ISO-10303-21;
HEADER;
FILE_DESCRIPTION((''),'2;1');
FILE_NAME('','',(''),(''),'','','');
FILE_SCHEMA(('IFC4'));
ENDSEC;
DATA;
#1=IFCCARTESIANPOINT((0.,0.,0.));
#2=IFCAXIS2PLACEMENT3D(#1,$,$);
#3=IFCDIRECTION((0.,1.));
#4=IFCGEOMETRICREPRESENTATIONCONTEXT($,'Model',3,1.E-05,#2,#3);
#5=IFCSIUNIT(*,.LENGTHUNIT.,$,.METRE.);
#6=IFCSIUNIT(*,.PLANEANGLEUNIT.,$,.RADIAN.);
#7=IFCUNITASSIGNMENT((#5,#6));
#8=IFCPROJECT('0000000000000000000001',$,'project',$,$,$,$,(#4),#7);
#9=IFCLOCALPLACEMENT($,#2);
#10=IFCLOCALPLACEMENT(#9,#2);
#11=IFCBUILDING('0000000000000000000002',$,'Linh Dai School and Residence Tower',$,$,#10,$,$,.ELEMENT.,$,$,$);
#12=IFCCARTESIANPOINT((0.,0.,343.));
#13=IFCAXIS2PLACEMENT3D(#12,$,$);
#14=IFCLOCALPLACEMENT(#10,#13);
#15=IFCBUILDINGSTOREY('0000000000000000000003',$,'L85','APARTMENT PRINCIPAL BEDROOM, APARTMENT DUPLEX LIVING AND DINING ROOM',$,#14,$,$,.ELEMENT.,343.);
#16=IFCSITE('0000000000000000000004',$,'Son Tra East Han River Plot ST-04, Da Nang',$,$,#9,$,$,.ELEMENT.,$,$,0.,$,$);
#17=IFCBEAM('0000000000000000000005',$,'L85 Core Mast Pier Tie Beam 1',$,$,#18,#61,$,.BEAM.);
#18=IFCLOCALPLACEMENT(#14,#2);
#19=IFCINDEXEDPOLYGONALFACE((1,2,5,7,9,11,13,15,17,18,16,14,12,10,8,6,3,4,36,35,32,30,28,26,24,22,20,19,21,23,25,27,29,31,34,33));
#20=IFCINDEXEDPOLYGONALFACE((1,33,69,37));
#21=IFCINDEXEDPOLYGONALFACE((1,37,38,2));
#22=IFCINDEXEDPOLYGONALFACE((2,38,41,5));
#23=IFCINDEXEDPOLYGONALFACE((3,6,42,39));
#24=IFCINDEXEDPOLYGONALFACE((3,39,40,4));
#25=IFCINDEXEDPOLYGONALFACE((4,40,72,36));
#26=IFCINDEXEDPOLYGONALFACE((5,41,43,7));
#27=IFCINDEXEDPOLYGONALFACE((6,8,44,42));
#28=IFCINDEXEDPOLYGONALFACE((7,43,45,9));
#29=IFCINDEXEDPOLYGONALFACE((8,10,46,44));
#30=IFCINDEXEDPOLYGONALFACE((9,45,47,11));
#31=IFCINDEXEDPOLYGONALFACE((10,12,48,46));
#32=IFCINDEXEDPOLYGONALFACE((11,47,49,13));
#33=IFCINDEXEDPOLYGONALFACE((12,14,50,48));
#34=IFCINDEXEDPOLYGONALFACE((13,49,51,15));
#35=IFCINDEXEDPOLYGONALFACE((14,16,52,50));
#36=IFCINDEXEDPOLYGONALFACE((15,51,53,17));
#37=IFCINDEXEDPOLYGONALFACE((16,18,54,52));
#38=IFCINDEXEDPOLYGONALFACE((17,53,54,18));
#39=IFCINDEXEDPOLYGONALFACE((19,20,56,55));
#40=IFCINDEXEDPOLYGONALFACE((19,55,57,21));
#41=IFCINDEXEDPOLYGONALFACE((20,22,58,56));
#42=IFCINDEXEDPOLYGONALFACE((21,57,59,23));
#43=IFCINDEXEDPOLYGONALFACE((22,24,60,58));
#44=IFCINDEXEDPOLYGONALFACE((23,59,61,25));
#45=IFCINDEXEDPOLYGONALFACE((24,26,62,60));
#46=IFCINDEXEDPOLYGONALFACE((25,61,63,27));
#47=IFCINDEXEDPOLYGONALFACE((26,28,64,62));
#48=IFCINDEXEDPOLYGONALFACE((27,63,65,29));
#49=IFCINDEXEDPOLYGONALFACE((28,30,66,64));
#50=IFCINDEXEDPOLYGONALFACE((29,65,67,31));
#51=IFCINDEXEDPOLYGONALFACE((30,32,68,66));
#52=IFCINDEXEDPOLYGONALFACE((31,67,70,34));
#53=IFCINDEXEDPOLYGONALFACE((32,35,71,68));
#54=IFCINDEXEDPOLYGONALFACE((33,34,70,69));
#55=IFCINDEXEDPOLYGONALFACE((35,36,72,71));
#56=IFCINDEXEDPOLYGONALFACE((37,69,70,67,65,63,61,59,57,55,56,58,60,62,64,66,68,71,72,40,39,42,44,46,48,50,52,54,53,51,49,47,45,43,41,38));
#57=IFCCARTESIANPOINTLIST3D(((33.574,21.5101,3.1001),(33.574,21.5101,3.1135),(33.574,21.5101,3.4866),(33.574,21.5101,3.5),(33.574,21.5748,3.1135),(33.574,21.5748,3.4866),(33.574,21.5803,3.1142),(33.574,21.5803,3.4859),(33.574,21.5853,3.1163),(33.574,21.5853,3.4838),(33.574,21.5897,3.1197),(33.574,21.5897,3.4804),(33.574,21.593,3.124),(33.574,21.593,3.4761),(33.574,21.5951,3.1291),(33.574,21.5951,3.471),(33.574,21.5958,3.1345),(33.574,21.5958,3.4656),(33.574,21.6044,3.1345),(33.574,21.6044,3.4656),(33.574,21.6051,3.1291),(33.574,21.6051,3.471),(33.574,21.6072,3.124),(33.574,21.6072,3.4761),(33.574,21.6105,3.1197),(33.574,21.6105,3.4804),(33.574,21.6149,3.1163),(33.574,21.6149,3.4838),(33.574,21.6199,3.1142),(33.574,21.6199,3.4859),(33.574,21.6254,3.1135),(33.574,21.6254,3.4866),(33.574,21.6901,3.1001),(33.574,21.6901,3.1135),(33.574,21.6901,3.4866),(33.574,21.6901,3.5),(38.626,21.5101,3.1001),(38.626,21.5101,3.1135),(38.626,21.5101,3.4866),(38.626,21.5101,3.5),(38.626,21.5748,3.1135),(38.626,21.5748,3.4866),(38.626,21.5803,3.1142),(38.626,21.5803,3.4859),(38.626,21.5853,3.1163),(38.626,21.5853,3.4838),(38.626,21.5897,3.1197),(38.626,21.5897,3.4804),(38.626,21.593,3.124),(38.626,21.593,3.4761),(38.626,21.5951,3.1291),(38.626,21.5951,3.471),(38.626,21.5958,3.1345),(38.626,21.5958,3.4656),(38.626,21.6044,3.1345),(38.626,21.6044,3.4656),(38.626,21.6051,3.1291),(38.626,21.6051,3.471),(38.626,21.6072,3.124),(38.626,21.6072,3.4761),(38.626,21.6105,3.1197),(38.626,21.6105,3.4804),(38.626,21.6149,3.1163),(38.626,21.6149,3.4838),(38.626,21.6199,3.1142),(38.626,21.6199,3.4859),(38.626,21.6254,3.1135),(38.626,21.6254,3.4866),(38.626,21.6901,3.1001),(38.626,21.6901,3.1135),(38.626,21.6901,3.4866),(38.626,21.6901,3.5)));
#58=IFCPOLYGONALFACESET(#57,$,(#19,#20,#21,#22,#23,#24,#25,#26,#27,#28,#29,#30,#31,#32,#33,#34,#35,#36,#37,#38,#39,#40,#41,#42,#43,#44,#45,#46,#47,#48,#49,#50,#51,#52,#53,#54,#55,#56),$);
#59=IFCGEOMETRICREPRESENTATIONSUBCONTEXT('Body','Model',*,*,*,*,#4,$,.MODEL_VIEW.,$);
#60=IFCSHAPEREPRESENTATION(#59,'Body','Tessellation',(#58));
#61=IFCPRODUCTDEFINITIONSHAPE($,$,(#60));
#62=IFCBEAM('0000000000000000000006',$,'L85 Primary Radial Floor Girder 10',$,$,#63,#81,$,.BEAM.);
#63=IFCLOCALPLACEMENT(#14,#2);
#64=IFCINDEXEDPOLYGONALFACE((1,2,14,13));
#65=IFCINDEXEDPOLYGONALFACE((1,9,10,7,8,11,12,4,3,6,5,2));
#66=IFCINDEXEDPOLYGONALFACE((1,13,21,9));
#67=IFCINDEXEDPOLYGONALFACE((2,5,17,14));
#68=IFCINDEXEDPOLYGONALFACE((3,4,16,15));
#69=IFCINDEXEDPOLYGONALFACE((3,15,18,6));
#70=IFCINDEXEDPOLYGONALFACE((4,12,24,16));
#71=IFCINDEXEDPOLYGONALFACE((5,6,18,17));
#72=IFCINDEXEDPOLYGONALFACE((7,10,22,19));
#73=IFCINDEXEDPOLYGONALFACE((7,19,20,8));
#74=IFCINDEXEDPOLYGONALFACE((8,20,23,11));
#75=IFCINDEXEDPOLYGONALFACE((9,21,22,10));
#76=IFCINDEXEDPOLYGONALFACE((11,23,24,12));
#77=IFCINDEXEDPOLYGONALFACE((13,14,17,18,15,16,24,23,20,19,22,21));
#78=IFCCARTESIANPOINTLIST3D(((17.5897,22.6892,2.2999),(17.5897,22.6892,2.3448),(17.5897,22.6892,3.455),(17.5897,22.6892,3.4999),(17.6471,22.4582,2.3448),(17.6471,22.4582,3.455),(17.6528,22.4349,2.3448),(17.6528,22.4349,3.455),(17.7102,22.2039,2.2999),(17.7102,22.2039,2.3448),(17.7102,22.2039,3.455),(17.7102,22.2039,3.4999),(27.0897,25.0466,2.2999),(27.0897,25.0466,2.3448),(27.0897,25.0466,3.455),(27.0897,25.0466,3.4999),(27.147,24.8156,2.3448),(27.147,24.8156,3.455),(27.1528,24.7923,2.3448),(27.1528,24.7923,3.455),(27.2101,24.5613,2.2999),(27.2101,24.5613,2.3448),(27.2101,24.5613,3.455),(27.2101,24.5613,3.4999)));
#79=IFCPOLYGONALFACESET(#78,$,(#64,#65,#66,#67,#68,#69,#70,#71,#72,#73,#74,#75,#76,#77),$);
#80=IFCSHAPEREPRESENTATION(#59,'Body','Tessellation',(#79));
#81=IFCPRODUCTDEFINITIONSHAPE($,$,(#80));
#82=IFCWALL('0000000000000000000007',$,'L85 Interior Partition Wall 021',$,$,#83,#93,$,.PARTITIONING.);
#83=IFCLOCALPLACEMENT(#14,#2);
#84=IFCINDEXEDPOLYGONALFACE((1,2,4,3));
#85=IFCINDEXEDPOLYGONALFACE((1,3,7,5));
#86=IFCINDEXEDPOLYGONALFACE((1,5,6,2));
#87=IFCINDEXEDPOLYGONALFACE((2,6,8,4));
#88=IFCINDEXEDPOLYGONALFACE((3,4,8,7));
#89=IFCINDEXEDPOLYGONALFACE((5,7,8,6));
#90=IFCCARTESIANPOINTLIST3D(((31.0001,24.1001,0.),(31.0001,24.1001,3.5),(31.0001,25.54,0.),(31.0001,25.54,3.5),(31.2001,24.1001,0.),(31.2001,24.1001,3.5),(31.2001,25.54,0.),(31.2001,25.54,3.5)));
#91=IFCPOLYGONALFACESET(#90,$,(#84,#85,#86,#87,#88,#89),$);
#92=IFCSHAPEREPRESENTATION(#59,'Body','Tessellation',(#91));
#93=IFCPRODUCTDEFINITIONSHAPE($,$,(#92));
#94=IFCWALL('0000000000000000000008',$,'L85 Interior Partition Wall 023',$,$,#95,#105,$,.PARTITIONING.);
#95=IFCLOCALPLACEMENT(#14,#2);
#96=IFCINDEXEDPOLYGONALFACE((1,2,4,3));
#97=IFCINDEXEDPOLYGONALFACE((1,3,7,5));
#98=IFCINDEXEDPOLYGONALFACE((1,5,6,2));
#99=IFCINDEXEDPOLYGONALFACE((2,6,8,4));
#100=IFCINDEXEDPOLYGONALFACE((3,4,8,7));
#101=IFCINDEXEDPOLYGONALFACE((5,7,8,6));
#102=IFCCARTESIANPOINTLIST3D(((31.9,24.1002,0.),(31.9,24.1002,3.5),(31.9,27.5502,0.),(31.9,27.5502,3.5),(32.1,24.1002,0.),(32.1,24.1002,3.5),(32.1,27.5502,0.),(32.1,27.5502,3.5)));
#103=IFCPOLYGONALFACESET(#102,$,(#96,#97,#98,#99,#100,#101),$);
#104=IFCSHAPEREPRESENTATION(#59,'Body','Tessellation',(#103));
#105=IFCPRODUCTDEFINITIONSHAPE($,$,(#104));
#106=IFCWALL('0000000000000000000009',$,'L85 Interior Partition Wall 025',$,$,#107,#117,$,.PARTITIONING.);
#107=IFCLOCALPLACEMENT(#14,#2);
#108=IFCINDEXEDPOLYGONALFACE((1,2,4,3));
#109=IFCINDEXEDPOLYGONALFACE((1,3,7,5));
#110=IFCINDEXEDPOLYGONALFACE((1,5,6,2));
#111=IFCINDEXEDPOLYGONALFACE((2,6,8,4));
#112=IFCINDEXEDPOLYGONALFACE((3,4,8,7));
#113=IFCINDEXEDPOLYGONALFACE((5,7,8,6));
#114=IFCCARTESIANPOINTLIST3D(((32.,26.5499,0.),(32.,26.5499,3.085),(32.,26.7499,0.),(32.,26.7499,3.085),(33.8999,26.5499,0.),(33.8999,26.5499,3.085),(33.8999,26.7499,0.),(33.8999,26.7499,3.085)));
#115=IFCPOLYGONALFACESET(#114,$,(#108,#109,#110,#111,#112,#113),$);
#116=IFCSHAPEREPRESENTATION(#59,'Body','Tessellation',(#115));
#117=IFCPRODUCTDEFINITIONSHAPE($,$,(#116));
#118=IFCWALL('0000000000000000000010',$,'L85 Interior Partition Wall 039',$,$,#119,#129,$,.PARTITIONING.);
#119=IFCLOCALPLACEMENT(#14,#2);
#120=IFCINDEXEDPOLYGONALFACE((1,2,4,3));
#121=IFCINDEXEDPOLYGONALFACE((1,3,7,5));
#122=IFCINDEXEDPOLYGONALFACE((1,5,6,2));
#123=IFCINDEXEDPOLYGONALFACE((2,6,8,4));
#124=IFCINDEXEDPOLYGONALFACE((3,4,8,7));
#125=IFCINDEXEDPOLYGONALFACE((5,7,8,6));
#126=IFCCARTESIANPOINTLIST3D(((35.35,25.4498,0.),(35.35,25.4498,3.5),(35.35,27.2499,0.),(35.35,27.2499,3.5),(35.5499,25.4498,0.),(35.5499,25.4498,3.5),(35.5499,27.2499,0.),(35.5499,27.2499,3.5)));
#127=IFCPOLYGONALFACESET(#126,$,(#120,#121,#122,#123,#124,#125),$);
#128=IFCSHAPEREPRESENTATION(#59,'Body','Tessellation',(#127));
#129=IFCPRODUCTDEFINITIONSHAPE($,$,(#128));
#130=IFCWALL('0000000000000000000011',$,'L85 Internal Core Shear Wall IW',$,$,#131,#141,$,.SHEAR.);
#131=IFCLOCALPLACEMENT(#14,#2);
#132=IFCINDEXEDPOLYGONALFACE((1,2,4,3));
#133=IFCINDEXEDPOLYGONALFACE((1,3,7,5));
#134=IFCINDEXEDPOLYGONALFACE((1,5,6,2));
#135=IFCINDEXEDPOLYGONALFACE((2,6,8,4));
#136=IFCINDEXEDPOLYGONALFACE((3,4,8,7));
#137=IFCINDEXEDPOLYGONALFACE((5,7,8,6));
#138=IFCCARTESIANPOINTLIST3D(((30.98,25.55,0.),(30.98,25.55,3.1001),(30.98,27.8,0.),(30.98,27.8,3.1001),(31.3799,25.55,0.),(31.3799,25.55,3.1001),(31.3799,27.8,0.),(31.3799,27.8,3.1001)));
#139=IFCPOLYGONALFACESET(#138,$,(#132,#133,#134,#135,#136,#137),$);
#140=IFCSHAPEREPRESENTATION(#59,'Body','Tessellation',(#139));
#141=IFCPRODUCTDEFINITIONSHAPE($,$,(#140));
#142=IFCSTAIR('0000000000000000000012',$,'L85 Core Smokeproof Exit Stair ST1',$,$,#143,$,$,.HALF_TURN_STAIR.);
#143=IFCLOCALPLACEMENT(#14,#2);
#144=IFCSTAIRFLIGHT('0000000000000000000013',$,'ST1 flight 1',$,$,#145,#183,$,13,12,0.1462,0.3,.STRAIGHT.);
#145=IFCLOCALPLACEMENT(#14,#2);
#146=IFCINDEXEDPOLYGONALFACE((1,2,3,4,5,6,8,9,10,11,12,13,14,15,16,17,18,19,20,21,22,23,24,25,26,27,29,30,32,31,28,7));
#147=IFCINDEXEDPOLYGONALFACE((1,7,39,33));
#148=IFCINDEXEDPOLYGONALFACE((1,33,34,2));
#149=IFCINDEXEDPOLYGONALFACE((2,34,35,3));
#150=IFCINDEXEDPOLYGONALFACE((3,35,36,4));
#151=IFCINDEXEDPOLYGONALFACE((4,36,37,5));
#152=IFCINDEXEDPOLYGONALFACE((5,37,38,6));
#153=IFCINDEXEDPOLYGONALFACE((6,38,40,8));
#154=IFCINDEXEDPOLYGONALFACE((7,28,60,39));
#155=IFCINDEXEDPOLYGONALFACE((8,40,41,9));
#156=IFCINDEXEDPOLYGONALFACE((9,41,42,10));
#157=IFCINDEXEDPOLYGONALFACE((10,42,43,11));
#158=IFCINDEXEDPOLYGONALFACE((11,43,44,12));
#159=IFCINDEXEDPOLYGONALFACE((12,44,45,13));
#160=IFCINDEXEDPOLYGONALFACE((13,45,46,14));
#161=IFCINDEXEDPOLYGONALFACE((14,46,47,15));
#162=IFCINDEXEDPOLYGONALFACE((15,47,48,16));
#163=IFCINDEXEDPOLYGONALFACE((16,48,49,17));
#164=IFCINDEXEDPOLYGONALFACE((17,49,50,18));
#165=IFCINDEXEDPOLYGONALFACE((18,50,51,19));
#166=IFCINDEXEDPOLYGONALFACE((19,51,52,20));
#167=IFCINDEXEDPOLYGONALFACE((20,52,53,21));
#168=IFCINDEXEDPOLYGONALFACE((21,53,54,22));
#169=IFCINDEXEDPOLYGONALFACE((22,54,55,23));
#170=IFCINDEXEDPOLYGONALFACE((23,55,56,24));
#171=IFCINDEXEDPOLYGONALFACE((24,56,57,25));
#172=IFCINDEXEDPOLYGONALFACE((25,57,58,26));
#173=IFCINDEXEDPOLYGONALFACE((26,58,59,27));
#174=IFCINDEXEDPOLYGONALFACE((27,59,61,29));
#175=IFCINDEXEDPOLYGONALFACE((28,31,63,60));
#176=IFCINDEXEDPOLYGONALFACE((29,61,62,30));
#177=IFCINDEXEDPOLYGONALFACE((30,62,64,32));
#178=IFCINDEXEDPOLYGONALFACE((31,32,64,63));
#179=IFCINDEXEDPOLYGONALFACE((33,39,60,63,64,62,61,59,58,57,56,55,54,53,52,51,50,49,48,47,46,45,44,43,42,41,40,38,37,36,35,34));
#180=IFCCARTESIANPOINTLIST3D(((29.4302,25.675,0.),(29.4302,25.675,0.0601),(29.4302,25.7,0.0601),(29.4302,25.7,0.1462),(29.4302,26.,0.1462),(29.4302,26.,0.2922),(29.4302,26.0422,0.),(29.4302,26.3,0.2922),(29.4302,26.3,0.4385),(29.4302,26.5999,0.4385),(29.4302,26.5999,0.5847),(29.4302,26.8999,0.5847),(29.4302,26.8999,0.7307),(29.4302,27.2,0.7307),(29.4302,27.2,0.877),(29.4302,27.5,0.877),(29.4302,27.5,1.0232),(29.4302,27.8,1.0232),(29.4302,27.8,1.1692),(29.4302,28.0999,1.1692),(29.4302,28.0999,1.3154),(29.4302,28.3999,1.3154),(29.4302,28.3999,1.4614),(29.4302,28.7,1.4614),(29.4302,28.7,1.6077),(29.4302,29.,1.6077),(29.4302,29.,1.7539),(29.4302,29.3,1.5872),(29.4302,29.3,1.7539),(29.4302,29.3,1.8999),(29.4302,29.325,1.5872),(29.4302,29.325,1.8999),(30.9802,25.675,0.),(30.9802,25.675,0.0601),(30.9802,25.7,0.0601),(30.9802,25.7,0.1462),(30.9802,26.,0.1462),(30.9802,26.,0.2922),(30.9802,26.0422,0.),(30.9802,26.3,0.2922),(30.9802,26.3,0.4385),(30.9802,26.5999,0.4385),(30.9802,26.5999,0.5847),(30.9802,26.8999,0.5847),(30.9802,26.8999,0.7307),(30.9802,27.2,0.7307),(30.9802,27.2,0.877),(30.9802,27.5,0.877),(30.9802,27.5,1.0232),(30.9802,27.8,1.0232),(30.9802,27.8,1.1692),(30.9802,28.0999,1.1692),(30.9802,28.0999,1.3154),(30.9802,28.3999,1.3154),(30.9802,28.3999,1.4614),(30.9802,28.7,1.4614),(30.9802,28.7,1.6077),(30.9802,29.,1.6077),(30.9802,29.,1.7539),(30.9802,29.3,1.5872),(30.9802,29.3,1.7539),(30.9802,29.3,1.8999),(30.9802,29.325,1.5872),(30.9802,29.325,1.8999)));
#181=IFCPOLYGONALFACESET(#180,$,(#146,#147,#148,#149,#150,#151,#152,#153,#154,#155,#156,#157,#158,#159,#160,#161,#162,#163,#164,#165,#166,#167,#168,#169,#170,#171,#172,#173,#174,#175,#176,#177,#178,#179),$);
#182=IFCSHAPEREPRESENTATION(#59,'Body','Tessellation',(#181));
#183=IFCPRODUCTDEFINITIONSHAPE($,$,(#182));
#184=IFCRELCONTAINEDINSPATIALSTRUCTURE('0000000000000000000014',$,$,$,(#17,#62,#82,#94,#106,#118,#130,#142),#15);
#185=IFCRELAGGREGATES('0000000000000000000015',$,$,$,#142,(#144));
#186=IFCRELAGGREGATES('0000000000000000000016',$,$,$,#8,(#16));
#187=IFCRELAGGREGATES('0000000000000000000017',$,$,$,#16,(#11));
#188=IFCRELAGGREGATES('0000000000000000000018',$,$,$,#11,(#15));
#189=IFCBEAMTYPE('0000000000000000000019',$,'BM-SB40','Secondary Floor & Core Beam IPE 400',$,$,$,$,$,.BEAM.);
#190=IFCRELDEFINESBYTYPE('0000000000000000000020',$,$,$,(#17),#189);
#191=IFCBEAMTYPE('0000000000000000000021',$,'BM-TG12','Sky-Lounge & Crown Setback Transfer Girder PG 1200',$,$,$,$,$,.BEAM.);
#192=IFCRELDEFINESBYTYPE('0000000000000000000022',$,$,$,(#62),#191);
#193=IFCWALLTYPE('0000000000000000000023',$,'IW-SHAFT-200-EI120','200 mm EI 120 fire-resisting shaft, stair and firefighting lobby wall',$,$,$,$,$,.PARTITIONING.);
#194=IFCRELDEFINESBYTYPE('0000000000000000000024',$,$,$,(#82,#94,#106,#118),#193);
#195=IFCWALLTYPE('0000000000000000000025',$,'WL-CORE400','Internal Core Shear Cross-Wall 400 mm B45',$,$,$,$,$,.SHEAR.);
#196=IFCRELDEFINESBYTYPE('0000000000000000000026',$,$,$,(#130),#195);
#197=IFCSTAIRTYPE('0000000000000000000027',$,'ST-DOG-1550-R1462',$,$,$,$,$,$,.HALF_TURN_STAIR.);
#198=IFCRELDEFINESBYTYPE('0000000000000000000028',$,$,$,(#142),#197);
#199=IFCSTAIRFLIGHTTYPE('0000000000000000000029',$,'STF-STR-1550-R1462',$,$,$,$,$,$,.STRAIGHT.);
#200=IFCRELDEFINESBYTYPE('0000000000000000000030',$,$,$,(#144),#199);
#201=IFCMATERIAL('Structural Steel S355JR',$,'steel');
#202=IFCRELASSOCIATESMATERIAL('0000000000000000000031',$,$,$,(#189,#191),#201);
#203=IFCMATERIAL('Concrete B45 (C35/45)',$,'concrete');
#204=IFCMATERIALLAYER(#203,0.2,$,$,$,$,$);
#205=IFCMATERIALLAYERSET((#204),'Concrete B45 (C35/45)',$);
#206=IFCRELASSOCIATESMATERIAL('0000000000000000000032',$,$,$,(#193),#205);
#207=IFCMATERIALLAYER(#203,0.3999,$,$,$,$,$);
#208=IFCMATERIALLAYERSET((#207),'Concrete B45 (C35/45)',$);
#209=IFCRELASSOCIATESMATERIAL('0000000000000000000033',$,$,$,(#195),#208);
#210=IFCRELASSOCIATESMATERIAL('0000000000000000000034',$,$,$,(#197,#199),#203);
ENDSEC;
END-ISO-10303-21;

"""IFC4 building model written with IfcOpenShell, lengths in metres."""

from ifc_helpers import new_model, si_unit, direction, frame, frame_2d, origin, origin_2d, place, context, subcontext, project, spatial, polyline, rectangle, i_section, outline, extrude, source, transform, mapped, material, layer, layer_set, material_profile, profile_set, type_object, element, aggregate, save


model = new_model("IFC4")

# Units and contexts
model_context = context("Model", 3, precision=1e-05, world=origin(), true_north=direction((0.0, 1.0)))
body_context = subcontext(model_context, "Body", "Model", "MODEL_VIEW")
ifc_project = project(units=[si_unit("LENGTHUNIT", "METRE"), si_unit("PLANEANGLEUNIT", "RADIAN")], contexts=[model_context])

# Site, building, storey
site_placement = place(None, origin())
site = spatial("IfcSite", under=ifc_project, at=site_placement, Name="Son Tra East Han River Plot ST-04, Da Nang", CompositionType="ELEMENT", RefElevation=0.0)
building_placement = place(site_placement, origin())
building = spatial("IfcBuilding", under=site, at=building_placement, Name="Linh Dai School and Residence Tower", CompositionType="ELEMENT")
storey_placement = place(building_placement, frame((0.0, 0.0, 343.0)))
storey = spatial("IfcBuildingStorey", under=building, at=storey_placement, Name="L85", Description="APARTMENT PRINCIPAL BEDROOM, APARTMENT DUPLEX LIVING AND DINING ROOM", CompositionType="ELEMENT", Elevation=343.0)

# Beams
ifc_material_1 = material(Name="Structural Steel S355JR", Category="steel")
ifc_material_profile_1 = material_profile(ifc_material_1, i_section(OverallWidth=0.1799, OverallDepth=0.3999, WebThickness=0.0085, FlangeThickness=0.0134, FilletRadius=0.021, at=origin_2d()), Name="IPE 400")
ifc_profile_set_1 = profile_set([ifc_material_profile_1], Name="Structural Steel S355JR")
beam_type_1 = type_object("IfcBeamType", Name="BM-SB40", Description="Secondary Floor & Core Beam IPE 400", PredefinedType="BEAM", material=ifc_profile_set_1)
beam_1_placement = place(storey_placement, frame((33.574, 21.6001, 3.3), z_axis=(1.0, 0.0, 0.0), x_axis=(0.0, 1.0, 0.0)))
element("IfcBeam", 1, at=beam_1_placement, inside=storey, type_object=beam_type_1, Name="L85 Core Mast Pier Tie Beam 1", PredefinedType="BEAM", context=body_context, shape_type="SweptSolid", body=[
    extrude(i_section(OverallWidth=0.1799, OverallDepth=0.3999, WebThickness=0.0085, FlangeThickness=0.0134, FilletRadius=0.021, at=origin_2d()), origin(), (0.0, 0.0, 1.0), 5.052),
])
ifc_material_profile_2 = material_profile(ifc_material_1, i_section(OverallWidth=0.5, OverallDepth=1.2, WebThickness=0.0239, FlangeThickness=0.0449, at=origin_2d()), Name="PG 1200x500x24x45")
ifc_profile_set_2 = profile_set([ifc_material_profile_2], Name="Structural Steel S355JR")
beam_type_2 = type_object("IfcBeamType", Name="BM-TG12", Description="Sky-Lounge & Crown Setback Transfer Girder PG 1200", PredefinedType="BEAM", material=ifc_profile_set_2)
beam_2_placement = place(storey_placement, frame((27.1499, 24.804, 2.8999), z_axis=(-0.970564, -0.240845, 0.0), x_axis=(0.240845, -0.970564, 0.0)))
element("IfcBeam", 2, at=beam_2_placement, inside=storey, type_object=beam_type_2, Name="L85 Primary Radial Floor Girder 10", PredefinedType="BEAM", context=body_context, shape_type="SweptSolid", body=[
    extrude(i_section(OverallWidth=0.5, OverallDepth=1.2, WebThickness=0.0239, FlangeThickness=0.0449, at=origin_2d()), origin(), (0.0, 0.0, 1.0), 9.7881),
])

# Shared definitions
ifc_material_2 = material(Name="Concrete B45 (C35/45)", Category="concrete")
ifc_layer_1 = layer(ifc_material_2, 0.2)
ifc_layer_set_1 = layer_set([ifc_layer_1], Name="Concrete B45 (C35/45)")
wall_type_1 = type_object("IfcWallType", Name="IW-SHAFT-200-EI120", Description="200 mm EI 120 fire-resisting shaft, stair and firefighting lobby wall", PredefinedType="PARTITIONING", material=ifc_layer_set_1)

# Walls
wall_1_placement = place(storey_placement, frame((31.1001, 24.1001, 0.0), z_axis=(0.0, 0.0, 1.0), x_axis=(0.0, 1.0, 0.0)))
element("IfcWall", 3, at=wall_1_placement, inside=storey, type_object=wall_type_1, Name="L85 Interior Partition Wall 021", PredefinedType="PARTITIONING", context=body_context, shape_type="SweptSolid", body=[
    extrude(rectangle(XDim=1.4399, YDim=0.2, at=frame_2d((0.72, 0.0))), origin(), (0.0, 0.0, 1.0), 3.5),
])
wall_2_placement = place(storey_placement, frame((32.0, 24.1001, 0.0), z_axis=(0.0, 0.0, 1.0), x_axis=(0.0, 1.0, 0.0)))
element("IfcWall", 4, at=wall_2_placement, inside=storey, type_object=wall_type_1, Name="L85 Interior Partition Wall 023", PredefinedType="PARTITIONING", context=body_context, shape_type="SweptSolid", body=[
    extrude(rectangle(XDim=3.45, YDim=0.2, at=frame_2d((1.7251, 0.0))), origin(), (0.0, 0.0, 1.0), 3.5),
])

# Walls
wall_3_placement = place(storey_placement, frame((32.0, 26.6499, 0.0), z_axis=(0.0, 0.0, 1.0), x_axis=(1.0, 0.0, 0.0)))
element("IfcWall", 5, at=wall_3_placement, inside=storey, type_object=wall_type_1, Name="L85 Interior Partition Wall 025", PredefinedType="PARTITIONING", context=body_context, shape_type="SweptSolid", body=[
    extrude(rectangle(XDim=1.8999, YDim=0.2, at=frame_2d((0.95, 0.0))), origin(), (0.0, 0.0, 1.0), 3.085),
])
wall_4_placement = place(storey_placement, frame((35.45, 25.45, 0.0), z_axis=(0.0, 0.0, 1.0), x_axis=(0.0, 1.0, 0.0)))
element("IfcWall", 6, at=wall_4_placement, inside=storey, type_object=wall_type_1, Name="L85 Interior Partition Wall 039", PredefinedType="PARTITIONING", context=body_context, shape_type="SweptSolid", body=[
    extrude(rectangle(XDim=1.8, YDim=0.2, at=frame_2d((0.8999, 0.0))), origin(), (0.0, 0.0, 1.0), 3.5),
])

# Wall
ifc_layer_2 = layer(ifc_material_2, 0.3999)
ifc_layer_set_2 = layer_set([ifc_layer_2], Name="Concrete B45 (C35/45)")
wall_type_2 = type_object("IfcWallType", Name="WL-CORE400", Description="Internal Core Shear Cross-Wall 400 mm B45", PredefinedType="SHEAR", material=ifc_layer_set_2)
wall_5_placement = place(storey_placement, frame((31.1799, 25.55, 0.0), z_axis=(0.0, 0.0, 1.0), x_axis=(0.0, 1.0, 0.0)))
element("IfcWall", 7, at=wall_5_placement, inside=storey, type_object=wall_type_2, Name="L85 Internal Core Shear Wall IW", PredefinedType="SHEAR", context=body_context, shape_type="SweptSolid", body=[
    extrude(rectangle(XDim=2.25, YDim=0.3999, at=frame_2d((1.125, 0.0))), origin(), (0.0, 0.0, 1.0), 3.1001),
])

# Stair, stair flight
stair_type = type_object("IfcStairType", Name="ST-DOG-1550-R1462", PredefinedType="HALF_TURN_STAIR", material=ifc_material_2)
stair_placement = place(storey_placement, origin())
stair = element("IfcStair", 8, at=stair_placement, inside=storey, type_object=stair_type, Name="L85 Core Smokeproof Exit Stair ST1", PredefinedType="HALF_TURN_STAIR")
stair_flight_type = type_object("IfcStairFlightType", Name="STF-STR-1550-R1462", PredefinedType="STRAIGHT", material=ifc_material_2)
shared_shape_1 = source(origin(), body_context, "Body", "SweptSolid", [
    extrude(outline(polyline([(-0.0249, 0.0), (-0.0249, 0.0601), (0.0, 0.0601), (0.0, 0.1462), (0.3, 0.1462), (0.3, 0.2922), (0.6001, 0.2922), (0.6001, 0.4385), (0.8999, 0.4385), (0.8999, 0.5847), (1.2, 0.5847), (1.2, 0.7307), (1.5, 0.7307), (1.5, 0.877), (1.8, 0.877), (1.8, 1.0232), (2.1001, 1.0232), (2.1001, 1.1692), (2.3999, 1.1692), (2.3999, 1.3154), (2.7, 1.3154), (2.7, 1.4614), (3.0, 1.4614), (3.0, 1.6077), (3.3, 1.6077), (3.3, 1.7539), (3.6001, 1.7539), (3.6001, 1.8999), (3.625, 1.8999), (3.625, 1.5872), (3.6001, 1.5872), (0.3423, 0.0), (-0.0249, 0.0)])), frame((0.0, 0.7749, 0.0), z_axis=(0.0, -1.0, 0.0), x_axis=(1.0, 0.0, 0.0)), (0.0, 0.0, 1.0), 1.55),
])
stair_flight_placement = place(storey_placement, frame((30.2051, 25.7, 0.0), z_axis=(0.0, 0.0, 1.0), x_axis=(0.0, 1.0, 0.0)))
stair_flight = element("IfcStairFlight", 9, at=stair_flight_placement, type_object=stair_flight_type, Name="ST1 flight 1", NumberOfRisers=13, NumberOfTreads=12, PredefinedType="STRAIGHT", RiserHeight=0.1462, TreadLength=0.3, context=body_context, shape_type="MappedRepresentation", body=[
    mapped(shared_shape_1, transform((0.0, 0.0, 0.0), x_axis=(1.0, 0.0, 0.0), y_axis=(0.0, 1.0, 0.0), z_axis=(0.0, 0.0, 1.0), scale=1.0)),
])
aggregate(stair, [stair_flight])

save(model, "model.ifc")
